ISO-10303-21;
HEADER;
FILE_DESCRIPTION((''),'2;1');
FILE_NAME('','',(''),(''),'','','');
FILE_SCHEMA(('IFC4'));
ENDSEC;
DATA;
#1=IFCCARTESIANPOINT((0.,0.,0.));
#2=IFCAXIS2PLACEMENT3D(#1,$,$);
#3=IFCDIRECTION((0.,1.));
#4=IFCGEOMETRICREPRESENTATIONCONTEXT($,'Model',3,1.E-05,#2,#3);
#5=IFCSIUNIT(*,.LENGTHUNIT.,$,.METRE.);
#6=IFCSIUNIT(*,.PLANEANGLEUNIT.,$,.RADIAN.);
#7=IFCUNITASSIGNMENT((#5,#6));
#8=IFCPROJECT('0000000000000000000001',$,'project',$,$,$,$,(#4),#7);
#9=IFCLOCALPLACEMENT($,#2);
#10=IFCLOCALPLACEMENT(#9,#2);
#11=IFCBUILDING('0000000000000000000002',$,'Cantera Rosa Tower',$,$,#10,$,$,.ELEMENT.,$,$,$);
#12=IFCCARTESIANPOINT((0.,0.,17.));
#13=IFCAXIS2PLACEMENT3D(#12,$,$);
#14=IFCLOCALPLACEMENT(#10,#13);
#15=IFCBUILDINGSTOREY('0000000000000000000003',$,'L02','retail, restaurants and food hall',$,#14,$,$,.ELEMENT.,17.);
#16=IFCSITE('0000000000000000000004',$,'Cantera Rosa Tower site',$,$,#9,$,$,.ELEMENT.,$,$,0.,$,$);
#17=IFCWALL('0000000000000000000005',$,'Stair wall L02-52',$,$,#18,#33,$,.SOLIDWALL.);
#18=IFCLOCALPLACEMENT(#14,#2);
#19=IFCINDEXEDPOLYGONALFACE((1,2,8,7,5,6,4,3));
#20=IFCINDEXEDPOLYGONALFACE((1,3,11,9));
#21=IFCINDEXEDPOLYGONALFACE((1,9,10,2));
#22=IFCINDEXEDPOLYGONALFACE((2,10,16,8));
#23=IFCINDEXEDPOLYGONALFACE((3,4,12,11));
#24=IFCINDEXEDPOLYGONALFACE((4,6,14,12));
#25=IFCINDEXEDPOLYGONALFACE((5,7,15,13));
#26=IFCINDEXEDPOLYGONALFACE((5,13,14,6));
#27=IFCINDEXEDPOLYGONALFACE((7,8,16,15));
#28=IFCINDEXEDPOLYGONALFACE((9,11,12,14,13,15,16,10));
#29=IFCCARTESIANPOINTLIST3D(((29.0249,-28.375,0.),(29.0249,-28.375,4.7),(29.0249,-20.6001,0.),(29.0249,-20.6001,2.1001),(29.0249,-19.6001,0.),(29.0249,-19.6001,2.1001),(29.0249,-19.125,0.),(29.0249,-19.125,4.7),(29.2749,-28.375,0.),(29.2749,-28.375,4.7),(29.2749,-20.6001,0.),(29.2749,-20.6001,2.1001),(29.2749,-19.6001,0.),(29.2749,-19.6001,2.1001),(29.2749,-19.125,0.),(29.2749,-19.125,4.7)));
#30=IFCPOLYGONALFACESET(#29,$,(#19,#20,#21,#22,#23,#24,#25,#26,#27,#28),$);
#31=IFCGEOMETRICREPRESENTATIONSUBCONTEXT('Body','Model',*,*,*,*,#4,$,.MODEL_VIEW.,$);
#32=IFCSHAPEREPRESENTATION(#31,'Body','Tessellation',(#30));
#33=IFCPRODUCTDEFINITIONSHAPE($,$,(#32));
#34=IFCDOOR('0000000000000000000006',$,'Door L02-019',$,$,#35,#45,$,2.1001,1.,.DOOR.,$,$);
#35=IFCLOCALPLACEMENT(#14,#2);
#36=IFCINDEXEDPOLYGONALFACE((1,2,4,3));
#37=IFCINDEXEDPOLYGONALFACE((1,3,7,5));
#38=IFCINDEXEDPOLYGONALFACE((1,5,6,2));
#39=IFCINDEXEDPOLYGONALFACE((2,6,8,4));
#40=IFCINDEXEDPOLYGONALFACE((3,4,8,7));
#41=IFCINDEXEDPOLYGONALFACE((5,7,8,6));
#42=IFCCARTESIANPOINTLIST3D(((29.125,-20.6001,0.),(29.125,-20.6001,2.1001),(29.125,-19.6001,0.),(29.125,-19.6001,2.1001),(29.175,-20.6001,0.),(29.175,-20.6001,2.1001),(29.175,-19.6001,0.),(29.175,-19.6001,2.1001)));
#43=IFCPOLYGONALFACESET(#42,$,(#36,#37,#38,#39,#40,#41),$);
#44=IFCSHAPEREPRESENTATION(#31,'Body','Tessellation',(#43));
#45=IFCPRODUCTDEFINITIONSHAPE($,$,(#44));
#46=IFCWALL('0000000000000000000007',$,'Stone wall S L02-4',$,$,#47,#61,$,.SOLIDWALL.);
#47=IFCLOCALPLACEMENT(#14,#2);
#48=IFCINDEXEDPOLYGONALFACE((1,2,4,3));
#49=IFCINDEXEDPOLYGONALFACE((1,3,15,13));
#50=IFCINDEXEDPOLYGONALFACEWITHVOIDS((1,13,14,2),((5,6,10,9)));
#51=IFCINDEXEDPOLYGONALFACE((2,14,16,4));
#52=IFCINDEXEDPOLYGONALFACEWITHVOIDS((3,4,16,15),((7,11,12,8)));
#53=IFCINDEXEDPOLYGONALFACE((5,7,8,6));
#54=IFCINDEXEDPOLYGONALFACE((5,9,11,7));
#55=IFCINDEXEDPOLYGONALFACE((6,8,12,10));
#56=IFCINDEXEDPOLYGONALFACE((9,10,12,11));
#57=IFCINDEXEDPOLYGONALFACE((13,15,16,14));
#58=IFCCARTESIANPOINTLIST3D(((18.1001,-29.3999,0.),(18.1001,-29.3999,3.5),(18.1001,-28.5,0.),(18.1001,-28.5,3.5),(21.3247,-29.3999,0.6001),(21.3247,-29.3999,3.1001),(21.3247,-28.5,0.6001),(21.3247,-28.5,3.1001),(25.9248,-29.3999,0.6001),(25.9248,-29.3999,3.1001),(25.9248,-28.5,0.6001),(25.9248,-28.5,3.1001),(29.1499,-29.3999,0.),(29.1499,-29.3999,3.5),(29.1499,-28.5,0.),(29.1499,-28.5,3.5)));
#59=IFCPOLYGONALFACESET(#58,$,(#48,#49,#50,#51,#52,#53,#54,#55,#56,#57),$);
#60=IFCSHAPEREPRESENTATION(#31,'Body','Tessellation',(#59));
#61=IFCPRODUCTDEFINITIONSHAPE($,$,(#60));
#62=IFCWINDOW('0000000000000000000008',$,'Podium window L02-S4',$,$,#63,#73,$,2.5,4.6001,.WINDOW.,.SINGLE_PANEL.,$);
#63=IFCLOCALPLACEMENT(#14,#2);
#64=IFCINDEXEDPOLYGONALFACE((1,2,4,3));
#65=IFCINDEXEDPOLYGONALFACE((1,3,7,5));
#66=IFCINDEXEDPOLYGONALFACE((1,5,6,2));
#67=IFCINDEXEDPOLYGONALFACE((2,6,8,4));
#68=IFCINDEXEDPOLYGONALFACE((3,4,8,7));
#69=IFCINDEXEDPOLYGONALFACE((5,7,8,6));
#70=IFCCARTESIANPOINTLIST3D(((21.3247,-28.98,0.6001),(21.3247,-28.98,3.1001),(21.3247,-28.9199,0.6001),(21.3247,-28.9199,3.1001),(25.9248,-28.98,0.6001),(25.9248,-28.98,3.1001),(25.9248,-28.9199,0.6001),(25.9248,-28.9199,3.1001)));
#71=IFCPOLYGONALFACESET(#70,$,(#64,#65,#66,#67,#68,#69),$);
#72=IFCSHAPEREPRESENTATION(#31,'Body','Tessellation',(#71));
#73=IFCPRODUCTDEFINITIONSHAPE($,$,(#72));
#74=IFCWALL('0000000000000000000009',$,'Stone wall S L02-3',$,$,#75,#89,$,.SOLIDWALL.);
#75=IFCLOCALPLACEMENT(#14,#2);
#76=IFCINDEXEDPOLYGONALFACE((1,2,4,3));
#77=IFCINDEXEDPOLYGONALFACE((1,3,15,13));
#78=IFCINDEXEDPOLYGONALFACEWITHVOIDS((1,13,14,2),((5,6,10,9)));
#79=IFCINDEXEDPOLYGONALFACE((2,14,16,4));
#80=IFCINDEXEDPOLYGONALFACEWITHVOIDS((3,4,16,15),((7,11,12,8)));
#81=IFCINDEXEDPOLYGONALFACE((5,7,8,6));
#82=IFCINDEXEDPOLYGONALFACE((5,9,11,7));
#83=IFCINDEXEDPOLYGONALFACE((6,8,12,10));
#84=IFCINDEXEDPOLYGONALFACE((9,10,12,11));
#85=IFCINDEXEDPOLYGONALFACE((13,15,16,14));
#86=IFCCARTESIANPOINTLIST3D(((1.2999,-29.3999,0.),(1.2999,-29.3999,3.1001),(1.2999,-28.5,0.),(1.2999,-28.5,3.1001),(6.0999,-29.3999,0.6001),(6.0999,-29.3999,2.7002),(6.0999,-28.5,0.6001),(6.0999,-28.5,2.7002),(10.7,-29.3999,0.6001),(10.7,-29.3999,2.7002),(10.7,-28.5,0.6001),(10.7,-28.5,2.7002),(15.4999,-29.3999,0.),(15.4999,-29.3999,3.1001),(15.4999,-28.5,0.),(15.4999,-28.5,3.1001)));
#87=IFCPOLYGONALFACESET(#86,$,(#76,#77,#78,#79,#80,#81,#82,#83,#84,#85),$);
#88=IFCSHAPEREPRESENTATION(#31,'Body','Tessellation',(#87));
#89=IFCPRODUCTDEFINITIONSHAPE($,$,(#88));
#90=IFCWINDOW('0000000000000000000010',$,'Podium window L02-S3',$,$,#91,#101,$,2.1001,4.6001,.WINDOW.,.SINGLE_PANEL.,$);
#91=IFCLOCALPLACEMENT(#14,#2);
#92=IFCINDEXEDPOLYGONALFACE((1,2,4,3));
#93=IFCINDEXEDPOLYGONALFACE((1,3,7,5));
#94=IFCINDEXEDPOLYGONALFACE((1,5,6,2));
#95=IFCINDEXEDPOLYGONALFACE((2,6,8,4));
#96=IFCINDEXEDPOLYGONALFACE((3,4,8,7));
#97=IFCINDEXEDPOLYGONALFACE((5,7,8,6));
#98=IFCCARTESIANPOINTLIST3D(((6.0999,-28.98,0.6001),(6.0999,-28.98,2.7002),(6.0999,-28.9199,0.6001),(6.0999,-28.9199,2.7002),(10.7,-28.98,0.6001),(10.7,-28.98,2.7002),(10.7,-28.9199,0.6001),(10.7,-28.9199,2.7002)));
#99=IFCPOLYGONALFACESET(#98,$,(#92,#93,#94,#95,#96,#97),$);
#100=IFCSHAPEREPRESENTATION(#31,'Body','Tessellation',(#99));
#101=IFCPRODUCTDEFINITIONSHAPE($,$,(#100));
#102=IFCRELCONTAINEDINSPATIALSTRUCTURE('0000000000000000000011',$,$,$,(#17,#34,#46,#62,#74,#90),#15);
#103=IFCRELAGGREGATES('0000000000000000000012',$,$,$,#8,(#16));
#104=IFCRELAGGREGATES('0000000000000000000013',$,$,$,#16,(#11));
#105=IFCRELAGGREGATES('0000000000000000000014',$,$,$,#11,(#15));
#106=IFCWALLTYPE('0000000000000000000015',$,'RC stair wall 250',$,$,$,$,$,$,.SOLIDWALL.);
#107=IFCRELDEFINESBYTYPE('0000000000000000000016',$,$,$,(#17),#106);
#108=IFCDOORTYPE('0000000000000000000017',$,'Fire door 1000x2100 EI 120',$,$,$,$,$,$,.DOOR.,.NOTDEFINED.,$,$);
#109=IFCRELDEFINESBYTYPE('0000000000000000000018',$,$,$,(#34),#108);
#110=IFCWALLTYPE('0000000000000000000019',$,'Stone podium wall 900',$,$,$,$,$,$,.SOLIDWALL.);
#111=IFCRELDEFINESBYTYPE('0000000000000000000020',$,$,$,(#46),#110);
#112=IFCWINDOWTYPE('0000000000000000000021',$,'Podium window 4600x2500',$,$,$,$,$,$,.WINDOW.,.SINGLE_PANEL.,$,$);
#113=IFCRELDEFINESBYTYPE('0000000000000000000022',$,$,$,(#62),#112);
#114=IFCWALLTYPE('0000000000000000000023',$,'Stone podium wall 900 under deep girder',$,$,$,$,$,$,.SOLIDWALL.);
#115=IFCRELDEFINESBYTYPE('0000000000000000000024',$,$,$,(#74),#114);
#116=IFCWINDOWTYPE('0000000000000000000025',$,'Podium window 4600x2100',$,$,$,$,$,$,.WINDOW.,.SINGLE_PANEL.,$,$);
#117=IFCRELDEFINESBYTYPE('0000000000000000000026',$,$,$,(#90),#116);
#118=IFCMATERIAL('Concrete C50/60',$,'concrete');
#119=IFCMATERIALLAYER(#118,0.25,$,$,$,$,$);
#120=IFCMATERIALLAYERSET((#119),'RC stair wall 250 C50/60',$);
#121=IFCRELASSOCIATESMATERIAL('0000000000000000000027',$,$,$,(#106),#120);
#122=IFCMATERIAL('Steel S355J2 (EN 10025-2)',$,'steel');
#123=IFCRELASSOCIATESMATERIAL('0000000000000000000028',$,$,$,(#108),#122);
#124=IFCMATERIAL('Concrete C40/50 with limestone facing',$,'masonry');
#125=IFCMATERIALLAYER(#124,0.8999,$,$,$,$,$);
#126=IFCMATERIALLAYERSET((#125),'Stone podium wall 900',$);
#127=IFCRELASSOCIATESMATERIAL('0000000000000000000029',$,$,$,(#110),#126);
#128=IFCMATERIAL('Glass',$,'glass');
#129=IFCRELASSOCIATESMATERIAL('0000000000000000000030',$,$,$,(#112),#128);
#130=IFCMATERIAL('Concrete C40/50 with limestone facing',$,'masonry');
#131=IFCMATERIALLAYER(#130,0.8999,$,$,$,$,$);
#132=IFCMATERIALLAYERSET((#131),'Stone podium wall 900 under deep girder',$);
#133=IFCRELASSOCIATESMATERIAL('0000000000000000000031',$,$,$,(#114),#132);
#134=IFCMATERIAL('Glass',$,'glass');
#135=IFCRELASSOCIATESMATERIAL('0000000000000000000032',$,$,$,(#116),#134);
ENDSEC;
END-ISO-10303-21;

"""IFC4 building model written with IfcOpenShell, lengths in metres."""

from ifc_helpers import new_model, si_unit, direction, frame, frame_2d, origin, place, context, subcontext, project, spatial, rectangle, extrude, material, layer, layer_set, type_object, element, fill, save


model = new_model("IFC4")

# Units and contexts
model_context = context("Model", 3, precision=1e-05, world=origin(), true_north=direction((0.0, 1.0)))
body_context = subcontext(model_context, "Body", "Model", "MODEL_VIEW")
ifc_project = project(units=[si_unit("LENGTHUNIT", "METRE"), si_unit("PLANEANGLEUNIT", "RADIAN")], contexts=[model_context])

# Site, building, storey
site_placement = place(None, origin())
site = spatial("IfcSite", under=ifc_project, at=site_placement, Name="Cantera Rosa Tower site", CompositionType="ELEMENT", RefElevation=0.0)
building_placement = place(site_placement, origin())
building = spatial("IfcBuilding", under=site, at=building_placement, Name="Cantera Rosa Tower", CompositionType="ELEMENT")
storey_placement = place(building_placement, frame((0.0, 0.0, 17.0)))
storey = spatial("IfcBuildingStorey", under=building, at=storey_placement, Name="L02", Description="retail, restaurants and food hall", CompositionType="ELEMENT", Elevation=17.0)

# Shared definitions
ifc_material_1 = material(Name="Concrete C50/60", Category="concrete")
ifc_layer_1 = layer(ifc_material_1, 0.25)
ifc_layer_set_1 = layer_set([ifc_layer_1], Name="RC stair wall 250 C50/60")
wall_type_1 = type_object("IfcWallType", Name="RC stair wall 250", PredefinedType="SOLIDWALL", material=ifc_layer_set_1)

# Wall, opening, door
wall_1_placement = place(storey_placement, frame((29.1499, -28.375, 0.0), z_axis=(0.0, 0.0, 1.0), x_axis=(0.0, 1.0, 0.0)))
wall_1 = element("IfcWall", 1, at=wall_1_placement, inside=storey, type_object=wall_type_1, Name="Stair wall L02-52", PredefinedType="SOLIDWALL", context=body_context, shape_type="SweptSolid", body=[
    extrude(rectangle(XDim=9.25, YDim=0.25, at=frame_2d((4.625, 0.0))), origin(), (0.0, 0.0, 1.0), 4.7),
])
opening_1_placement = place(wall_1_placement, frame((7.7749, 0.0, 0.0)))
opening_1 = element("IfcOpeningElement", 2, at=opening_1_placement, cuts=wall_1, PredefinedType="OPENING", context=body_context, shape_type="SweptSolid", body=[
    extrude(rectangle(XDim=1.0, YDim=2.1001, at=frame_2d((0.5, 1.05))), frame((0.0, 0.135, 0.0), z_axis=(0.0, -1.0, 0.0), x_axis=(1.0, 0.0, 0.0)), (0.0, 0.0, 1.0), 0.27),
])
ifc_material_2 = material(Name="Steel S355J2 (EN 10025-2)", Category="steel")
door_type = type_object("IfcDoorType", Name="Fire door 1000x2100 EI 120", OperationType="NOTDEFINED", PredefinedType="DOOR", material=ifc_material_2)
door_placement = place(opening_1_placement, origin())
door = element("IfcDoor", 3, at=door_placement, inside=storey, type_object=door_type, Name="Door L02-019", OverallHeight=2.1001, OverallWidth=1.0, PredefinedType="DOOR", context=body_context, shape_type="SweptSolid", body=[
    extrude(rectangle(XDim=1.0, YDim=2.1001, at=frame_2d((0.5, 1.05))), frame((0.0, 0.0249, 0.0), z_axis=(0.0, -1.0, 0.0), x_axis=(1.0, 0.0, 0.0)), (0.0, 0.0, 1.0), 0.05),
])
fill(opening_1, door)

# Walls, openings, windows
ifc_material_3 = material(Name="Concrete C40/50 with limestone facing", Category="masonry")
ifc_layer_2 = layer(ifc_material_3, 0.8999)
ifc_layer_set_2 = layer_set([ifc_layer_2], Name="Stone podium wall 900")
wall_type_2 = type_object("IfcWallType", Name="Stone podium wall 900", PredefinedType="SOLIDWALL", material=ifc_layer_set_2)
wall_2_placement = place(storey_placement, frame((29.1499, -28.95, 0.0), z_axis=(0.0, 0.0, 1.0), x_axis=(-1.0, 0.0, 0.0)))
wall_2 = element("IfcWall", 4, at=wall_2_placement, inside=storey, type_object=wall_type_2, Name="Stone wall S L02-4", PredefinedType="SOLIDWALL", context=body_context, shape_type="SweptSolid", body=[
    extrude(rectangle(XDim=11.0498, YDim=0.8999, at=frame_2d((5.5249, 0.0))), origin(), (0.0, 0.0, 1.0), 3.5),
])
opening_2_placement = place(wall_2_placement, frame((3.2251, 0.0, 0.6001)))
opening_2 = element("IfcOpeningElement", 5, at=opening_2_placement, cuts=wall_2, PredefinedType="OPENING", context=body_context, shape_type="SweptSolid", body=[
    extrude(rectangle(XDim=4.6001, YDim=2.5, at=frame_2d((2.3, 1.25))), frame((0.0, 0.46, 0.0), z_axis=(0.0, -1.0, 0.0), x_axis=(1.0, 0.0, 0.0)), (0.0, 0.0, 1.0), 0.9199),
])
ifc_material_4 = material(Name="Glass", Category="glass")
window_type_1 = type_object("IfcWindowType", Name="Podium window 4600x2500", PartitioningType="SINGLE_PANEL", PredefinedType="WINDOW", material=ifc_material_4)
window_1_placement = place(opening_2_placement, origin())
window_1 = element("IfcWindow", 6, at=window_1_placement, inside=storey, type_object=window_type_1, Name="Podium window L02-S4", OverallHeight=2.5, OverallWidth=4.6001, PartitioningType="SINGLE_PANEL", PredefinedType="WINDOW", context=body_context, shape_type="SweptSolid", body=[
    extrude(rectangle(XDim=4.6001, YDim=2.5, at=frame_2d((2.3, 1.25))), frame((0.0, 0.03, 0.0), z_axis=(0.0, -1.0, 0.0), x_axis=(1.0, 0.0, 0.0)), (0.0, 0.0, 1.0), 0.0601),
])
fill(opening_2, window_1)
ifc_material_5 = material(Name="Concrete C40/50 with limestone facing", Category="masonry")
ifc_layer_3 = layer(ifc_material_5, 0.8999)
ifc_layer_set_3 = layer_set([ifc_layer_3], Name="Stone podium wall 900 under deep girder")
wall_type_3 = type_object("IfcWallType", Name="Stone podium wall 900 under deep girder", PredefinedType="SOLIDWALL", material=ifc_layer_set_3)
wall_3_placement = place(storey_placement, frame((15.5, -28.95, 0.0), z_axis=(0.0, 0.0, 1.0), x_axis=(-1.0, 0.0, 0.0)))
wall_3 = element("IfcWall", 7, at=wall_3_placement, inside=storey, type_object=wall_type_3, Name="Stone wall S L02-3", PredefinedType="SOLIDWALL", context=body_context, shape_type="SweptSolid", body=[
    extrude(rectangle(XDim=14.2, YDim=0.8999, at=frame_2d((7.1001, 0.0))), origin(), (0.0, 0.0, 1.0), 3.1001),
])
opening_3_placement = place(wall_3_placement, frame((4.8, 0.0, 0.6001)))
opening_3 = element("IfcOpeningElement", 8, at=opening_3_placement, cuts=wall_3, PredefinedType="OPENING", context=body_context, shape_type="SweptSolid", body=[
    extrude(rectangle(XDim=4.6001, YDim=2.1001, at=frame_2d((2.3, 1.05))), frame((0.0, 0.46, 0.0), z_axis=(0.0, -1.0, 0.0), x_axis=(1.0, 0.0, 0.0)), (0.0, 0.0, 1.0), 0.9199),
])
ifc_material_6 = material(Name="Glass", Category="glass")
window_type_2 = type_object("IfcWindowType", Name="Podium window 4600x2100", PartitioningType="SINGLE_PANEL", PredefinedType="WINDOW", material=ifc_material_6)
window_2_placement = place(opening_3_placement, origin())
window_2 = element("IfcWindow", 9, at=window_2_placement, inside=storey, type_object=window_type_2, Name="Podium window L02-S3", OverallHeight=2.1001, OverallWidth=4.6001, PartitioningType="SINGLE_PANEL", PredefinedType="WINDOW", context=body_context, shape_type="SweptSolid", body=[
    extrude(rectangle(XDim=4.6001, YDim=2.1001, at=frame_2d((2.3, 1.05))), frame((0.0, 0.03, 0.0), z_axis=(0.0, -1.0, 0.0), x_axis=(1.0, 0.0, 0.0)), (0.0, 0.0, 1.0), 0.0601),
])
fill(opening_3, window_2)

save(model, "model.ifc")
